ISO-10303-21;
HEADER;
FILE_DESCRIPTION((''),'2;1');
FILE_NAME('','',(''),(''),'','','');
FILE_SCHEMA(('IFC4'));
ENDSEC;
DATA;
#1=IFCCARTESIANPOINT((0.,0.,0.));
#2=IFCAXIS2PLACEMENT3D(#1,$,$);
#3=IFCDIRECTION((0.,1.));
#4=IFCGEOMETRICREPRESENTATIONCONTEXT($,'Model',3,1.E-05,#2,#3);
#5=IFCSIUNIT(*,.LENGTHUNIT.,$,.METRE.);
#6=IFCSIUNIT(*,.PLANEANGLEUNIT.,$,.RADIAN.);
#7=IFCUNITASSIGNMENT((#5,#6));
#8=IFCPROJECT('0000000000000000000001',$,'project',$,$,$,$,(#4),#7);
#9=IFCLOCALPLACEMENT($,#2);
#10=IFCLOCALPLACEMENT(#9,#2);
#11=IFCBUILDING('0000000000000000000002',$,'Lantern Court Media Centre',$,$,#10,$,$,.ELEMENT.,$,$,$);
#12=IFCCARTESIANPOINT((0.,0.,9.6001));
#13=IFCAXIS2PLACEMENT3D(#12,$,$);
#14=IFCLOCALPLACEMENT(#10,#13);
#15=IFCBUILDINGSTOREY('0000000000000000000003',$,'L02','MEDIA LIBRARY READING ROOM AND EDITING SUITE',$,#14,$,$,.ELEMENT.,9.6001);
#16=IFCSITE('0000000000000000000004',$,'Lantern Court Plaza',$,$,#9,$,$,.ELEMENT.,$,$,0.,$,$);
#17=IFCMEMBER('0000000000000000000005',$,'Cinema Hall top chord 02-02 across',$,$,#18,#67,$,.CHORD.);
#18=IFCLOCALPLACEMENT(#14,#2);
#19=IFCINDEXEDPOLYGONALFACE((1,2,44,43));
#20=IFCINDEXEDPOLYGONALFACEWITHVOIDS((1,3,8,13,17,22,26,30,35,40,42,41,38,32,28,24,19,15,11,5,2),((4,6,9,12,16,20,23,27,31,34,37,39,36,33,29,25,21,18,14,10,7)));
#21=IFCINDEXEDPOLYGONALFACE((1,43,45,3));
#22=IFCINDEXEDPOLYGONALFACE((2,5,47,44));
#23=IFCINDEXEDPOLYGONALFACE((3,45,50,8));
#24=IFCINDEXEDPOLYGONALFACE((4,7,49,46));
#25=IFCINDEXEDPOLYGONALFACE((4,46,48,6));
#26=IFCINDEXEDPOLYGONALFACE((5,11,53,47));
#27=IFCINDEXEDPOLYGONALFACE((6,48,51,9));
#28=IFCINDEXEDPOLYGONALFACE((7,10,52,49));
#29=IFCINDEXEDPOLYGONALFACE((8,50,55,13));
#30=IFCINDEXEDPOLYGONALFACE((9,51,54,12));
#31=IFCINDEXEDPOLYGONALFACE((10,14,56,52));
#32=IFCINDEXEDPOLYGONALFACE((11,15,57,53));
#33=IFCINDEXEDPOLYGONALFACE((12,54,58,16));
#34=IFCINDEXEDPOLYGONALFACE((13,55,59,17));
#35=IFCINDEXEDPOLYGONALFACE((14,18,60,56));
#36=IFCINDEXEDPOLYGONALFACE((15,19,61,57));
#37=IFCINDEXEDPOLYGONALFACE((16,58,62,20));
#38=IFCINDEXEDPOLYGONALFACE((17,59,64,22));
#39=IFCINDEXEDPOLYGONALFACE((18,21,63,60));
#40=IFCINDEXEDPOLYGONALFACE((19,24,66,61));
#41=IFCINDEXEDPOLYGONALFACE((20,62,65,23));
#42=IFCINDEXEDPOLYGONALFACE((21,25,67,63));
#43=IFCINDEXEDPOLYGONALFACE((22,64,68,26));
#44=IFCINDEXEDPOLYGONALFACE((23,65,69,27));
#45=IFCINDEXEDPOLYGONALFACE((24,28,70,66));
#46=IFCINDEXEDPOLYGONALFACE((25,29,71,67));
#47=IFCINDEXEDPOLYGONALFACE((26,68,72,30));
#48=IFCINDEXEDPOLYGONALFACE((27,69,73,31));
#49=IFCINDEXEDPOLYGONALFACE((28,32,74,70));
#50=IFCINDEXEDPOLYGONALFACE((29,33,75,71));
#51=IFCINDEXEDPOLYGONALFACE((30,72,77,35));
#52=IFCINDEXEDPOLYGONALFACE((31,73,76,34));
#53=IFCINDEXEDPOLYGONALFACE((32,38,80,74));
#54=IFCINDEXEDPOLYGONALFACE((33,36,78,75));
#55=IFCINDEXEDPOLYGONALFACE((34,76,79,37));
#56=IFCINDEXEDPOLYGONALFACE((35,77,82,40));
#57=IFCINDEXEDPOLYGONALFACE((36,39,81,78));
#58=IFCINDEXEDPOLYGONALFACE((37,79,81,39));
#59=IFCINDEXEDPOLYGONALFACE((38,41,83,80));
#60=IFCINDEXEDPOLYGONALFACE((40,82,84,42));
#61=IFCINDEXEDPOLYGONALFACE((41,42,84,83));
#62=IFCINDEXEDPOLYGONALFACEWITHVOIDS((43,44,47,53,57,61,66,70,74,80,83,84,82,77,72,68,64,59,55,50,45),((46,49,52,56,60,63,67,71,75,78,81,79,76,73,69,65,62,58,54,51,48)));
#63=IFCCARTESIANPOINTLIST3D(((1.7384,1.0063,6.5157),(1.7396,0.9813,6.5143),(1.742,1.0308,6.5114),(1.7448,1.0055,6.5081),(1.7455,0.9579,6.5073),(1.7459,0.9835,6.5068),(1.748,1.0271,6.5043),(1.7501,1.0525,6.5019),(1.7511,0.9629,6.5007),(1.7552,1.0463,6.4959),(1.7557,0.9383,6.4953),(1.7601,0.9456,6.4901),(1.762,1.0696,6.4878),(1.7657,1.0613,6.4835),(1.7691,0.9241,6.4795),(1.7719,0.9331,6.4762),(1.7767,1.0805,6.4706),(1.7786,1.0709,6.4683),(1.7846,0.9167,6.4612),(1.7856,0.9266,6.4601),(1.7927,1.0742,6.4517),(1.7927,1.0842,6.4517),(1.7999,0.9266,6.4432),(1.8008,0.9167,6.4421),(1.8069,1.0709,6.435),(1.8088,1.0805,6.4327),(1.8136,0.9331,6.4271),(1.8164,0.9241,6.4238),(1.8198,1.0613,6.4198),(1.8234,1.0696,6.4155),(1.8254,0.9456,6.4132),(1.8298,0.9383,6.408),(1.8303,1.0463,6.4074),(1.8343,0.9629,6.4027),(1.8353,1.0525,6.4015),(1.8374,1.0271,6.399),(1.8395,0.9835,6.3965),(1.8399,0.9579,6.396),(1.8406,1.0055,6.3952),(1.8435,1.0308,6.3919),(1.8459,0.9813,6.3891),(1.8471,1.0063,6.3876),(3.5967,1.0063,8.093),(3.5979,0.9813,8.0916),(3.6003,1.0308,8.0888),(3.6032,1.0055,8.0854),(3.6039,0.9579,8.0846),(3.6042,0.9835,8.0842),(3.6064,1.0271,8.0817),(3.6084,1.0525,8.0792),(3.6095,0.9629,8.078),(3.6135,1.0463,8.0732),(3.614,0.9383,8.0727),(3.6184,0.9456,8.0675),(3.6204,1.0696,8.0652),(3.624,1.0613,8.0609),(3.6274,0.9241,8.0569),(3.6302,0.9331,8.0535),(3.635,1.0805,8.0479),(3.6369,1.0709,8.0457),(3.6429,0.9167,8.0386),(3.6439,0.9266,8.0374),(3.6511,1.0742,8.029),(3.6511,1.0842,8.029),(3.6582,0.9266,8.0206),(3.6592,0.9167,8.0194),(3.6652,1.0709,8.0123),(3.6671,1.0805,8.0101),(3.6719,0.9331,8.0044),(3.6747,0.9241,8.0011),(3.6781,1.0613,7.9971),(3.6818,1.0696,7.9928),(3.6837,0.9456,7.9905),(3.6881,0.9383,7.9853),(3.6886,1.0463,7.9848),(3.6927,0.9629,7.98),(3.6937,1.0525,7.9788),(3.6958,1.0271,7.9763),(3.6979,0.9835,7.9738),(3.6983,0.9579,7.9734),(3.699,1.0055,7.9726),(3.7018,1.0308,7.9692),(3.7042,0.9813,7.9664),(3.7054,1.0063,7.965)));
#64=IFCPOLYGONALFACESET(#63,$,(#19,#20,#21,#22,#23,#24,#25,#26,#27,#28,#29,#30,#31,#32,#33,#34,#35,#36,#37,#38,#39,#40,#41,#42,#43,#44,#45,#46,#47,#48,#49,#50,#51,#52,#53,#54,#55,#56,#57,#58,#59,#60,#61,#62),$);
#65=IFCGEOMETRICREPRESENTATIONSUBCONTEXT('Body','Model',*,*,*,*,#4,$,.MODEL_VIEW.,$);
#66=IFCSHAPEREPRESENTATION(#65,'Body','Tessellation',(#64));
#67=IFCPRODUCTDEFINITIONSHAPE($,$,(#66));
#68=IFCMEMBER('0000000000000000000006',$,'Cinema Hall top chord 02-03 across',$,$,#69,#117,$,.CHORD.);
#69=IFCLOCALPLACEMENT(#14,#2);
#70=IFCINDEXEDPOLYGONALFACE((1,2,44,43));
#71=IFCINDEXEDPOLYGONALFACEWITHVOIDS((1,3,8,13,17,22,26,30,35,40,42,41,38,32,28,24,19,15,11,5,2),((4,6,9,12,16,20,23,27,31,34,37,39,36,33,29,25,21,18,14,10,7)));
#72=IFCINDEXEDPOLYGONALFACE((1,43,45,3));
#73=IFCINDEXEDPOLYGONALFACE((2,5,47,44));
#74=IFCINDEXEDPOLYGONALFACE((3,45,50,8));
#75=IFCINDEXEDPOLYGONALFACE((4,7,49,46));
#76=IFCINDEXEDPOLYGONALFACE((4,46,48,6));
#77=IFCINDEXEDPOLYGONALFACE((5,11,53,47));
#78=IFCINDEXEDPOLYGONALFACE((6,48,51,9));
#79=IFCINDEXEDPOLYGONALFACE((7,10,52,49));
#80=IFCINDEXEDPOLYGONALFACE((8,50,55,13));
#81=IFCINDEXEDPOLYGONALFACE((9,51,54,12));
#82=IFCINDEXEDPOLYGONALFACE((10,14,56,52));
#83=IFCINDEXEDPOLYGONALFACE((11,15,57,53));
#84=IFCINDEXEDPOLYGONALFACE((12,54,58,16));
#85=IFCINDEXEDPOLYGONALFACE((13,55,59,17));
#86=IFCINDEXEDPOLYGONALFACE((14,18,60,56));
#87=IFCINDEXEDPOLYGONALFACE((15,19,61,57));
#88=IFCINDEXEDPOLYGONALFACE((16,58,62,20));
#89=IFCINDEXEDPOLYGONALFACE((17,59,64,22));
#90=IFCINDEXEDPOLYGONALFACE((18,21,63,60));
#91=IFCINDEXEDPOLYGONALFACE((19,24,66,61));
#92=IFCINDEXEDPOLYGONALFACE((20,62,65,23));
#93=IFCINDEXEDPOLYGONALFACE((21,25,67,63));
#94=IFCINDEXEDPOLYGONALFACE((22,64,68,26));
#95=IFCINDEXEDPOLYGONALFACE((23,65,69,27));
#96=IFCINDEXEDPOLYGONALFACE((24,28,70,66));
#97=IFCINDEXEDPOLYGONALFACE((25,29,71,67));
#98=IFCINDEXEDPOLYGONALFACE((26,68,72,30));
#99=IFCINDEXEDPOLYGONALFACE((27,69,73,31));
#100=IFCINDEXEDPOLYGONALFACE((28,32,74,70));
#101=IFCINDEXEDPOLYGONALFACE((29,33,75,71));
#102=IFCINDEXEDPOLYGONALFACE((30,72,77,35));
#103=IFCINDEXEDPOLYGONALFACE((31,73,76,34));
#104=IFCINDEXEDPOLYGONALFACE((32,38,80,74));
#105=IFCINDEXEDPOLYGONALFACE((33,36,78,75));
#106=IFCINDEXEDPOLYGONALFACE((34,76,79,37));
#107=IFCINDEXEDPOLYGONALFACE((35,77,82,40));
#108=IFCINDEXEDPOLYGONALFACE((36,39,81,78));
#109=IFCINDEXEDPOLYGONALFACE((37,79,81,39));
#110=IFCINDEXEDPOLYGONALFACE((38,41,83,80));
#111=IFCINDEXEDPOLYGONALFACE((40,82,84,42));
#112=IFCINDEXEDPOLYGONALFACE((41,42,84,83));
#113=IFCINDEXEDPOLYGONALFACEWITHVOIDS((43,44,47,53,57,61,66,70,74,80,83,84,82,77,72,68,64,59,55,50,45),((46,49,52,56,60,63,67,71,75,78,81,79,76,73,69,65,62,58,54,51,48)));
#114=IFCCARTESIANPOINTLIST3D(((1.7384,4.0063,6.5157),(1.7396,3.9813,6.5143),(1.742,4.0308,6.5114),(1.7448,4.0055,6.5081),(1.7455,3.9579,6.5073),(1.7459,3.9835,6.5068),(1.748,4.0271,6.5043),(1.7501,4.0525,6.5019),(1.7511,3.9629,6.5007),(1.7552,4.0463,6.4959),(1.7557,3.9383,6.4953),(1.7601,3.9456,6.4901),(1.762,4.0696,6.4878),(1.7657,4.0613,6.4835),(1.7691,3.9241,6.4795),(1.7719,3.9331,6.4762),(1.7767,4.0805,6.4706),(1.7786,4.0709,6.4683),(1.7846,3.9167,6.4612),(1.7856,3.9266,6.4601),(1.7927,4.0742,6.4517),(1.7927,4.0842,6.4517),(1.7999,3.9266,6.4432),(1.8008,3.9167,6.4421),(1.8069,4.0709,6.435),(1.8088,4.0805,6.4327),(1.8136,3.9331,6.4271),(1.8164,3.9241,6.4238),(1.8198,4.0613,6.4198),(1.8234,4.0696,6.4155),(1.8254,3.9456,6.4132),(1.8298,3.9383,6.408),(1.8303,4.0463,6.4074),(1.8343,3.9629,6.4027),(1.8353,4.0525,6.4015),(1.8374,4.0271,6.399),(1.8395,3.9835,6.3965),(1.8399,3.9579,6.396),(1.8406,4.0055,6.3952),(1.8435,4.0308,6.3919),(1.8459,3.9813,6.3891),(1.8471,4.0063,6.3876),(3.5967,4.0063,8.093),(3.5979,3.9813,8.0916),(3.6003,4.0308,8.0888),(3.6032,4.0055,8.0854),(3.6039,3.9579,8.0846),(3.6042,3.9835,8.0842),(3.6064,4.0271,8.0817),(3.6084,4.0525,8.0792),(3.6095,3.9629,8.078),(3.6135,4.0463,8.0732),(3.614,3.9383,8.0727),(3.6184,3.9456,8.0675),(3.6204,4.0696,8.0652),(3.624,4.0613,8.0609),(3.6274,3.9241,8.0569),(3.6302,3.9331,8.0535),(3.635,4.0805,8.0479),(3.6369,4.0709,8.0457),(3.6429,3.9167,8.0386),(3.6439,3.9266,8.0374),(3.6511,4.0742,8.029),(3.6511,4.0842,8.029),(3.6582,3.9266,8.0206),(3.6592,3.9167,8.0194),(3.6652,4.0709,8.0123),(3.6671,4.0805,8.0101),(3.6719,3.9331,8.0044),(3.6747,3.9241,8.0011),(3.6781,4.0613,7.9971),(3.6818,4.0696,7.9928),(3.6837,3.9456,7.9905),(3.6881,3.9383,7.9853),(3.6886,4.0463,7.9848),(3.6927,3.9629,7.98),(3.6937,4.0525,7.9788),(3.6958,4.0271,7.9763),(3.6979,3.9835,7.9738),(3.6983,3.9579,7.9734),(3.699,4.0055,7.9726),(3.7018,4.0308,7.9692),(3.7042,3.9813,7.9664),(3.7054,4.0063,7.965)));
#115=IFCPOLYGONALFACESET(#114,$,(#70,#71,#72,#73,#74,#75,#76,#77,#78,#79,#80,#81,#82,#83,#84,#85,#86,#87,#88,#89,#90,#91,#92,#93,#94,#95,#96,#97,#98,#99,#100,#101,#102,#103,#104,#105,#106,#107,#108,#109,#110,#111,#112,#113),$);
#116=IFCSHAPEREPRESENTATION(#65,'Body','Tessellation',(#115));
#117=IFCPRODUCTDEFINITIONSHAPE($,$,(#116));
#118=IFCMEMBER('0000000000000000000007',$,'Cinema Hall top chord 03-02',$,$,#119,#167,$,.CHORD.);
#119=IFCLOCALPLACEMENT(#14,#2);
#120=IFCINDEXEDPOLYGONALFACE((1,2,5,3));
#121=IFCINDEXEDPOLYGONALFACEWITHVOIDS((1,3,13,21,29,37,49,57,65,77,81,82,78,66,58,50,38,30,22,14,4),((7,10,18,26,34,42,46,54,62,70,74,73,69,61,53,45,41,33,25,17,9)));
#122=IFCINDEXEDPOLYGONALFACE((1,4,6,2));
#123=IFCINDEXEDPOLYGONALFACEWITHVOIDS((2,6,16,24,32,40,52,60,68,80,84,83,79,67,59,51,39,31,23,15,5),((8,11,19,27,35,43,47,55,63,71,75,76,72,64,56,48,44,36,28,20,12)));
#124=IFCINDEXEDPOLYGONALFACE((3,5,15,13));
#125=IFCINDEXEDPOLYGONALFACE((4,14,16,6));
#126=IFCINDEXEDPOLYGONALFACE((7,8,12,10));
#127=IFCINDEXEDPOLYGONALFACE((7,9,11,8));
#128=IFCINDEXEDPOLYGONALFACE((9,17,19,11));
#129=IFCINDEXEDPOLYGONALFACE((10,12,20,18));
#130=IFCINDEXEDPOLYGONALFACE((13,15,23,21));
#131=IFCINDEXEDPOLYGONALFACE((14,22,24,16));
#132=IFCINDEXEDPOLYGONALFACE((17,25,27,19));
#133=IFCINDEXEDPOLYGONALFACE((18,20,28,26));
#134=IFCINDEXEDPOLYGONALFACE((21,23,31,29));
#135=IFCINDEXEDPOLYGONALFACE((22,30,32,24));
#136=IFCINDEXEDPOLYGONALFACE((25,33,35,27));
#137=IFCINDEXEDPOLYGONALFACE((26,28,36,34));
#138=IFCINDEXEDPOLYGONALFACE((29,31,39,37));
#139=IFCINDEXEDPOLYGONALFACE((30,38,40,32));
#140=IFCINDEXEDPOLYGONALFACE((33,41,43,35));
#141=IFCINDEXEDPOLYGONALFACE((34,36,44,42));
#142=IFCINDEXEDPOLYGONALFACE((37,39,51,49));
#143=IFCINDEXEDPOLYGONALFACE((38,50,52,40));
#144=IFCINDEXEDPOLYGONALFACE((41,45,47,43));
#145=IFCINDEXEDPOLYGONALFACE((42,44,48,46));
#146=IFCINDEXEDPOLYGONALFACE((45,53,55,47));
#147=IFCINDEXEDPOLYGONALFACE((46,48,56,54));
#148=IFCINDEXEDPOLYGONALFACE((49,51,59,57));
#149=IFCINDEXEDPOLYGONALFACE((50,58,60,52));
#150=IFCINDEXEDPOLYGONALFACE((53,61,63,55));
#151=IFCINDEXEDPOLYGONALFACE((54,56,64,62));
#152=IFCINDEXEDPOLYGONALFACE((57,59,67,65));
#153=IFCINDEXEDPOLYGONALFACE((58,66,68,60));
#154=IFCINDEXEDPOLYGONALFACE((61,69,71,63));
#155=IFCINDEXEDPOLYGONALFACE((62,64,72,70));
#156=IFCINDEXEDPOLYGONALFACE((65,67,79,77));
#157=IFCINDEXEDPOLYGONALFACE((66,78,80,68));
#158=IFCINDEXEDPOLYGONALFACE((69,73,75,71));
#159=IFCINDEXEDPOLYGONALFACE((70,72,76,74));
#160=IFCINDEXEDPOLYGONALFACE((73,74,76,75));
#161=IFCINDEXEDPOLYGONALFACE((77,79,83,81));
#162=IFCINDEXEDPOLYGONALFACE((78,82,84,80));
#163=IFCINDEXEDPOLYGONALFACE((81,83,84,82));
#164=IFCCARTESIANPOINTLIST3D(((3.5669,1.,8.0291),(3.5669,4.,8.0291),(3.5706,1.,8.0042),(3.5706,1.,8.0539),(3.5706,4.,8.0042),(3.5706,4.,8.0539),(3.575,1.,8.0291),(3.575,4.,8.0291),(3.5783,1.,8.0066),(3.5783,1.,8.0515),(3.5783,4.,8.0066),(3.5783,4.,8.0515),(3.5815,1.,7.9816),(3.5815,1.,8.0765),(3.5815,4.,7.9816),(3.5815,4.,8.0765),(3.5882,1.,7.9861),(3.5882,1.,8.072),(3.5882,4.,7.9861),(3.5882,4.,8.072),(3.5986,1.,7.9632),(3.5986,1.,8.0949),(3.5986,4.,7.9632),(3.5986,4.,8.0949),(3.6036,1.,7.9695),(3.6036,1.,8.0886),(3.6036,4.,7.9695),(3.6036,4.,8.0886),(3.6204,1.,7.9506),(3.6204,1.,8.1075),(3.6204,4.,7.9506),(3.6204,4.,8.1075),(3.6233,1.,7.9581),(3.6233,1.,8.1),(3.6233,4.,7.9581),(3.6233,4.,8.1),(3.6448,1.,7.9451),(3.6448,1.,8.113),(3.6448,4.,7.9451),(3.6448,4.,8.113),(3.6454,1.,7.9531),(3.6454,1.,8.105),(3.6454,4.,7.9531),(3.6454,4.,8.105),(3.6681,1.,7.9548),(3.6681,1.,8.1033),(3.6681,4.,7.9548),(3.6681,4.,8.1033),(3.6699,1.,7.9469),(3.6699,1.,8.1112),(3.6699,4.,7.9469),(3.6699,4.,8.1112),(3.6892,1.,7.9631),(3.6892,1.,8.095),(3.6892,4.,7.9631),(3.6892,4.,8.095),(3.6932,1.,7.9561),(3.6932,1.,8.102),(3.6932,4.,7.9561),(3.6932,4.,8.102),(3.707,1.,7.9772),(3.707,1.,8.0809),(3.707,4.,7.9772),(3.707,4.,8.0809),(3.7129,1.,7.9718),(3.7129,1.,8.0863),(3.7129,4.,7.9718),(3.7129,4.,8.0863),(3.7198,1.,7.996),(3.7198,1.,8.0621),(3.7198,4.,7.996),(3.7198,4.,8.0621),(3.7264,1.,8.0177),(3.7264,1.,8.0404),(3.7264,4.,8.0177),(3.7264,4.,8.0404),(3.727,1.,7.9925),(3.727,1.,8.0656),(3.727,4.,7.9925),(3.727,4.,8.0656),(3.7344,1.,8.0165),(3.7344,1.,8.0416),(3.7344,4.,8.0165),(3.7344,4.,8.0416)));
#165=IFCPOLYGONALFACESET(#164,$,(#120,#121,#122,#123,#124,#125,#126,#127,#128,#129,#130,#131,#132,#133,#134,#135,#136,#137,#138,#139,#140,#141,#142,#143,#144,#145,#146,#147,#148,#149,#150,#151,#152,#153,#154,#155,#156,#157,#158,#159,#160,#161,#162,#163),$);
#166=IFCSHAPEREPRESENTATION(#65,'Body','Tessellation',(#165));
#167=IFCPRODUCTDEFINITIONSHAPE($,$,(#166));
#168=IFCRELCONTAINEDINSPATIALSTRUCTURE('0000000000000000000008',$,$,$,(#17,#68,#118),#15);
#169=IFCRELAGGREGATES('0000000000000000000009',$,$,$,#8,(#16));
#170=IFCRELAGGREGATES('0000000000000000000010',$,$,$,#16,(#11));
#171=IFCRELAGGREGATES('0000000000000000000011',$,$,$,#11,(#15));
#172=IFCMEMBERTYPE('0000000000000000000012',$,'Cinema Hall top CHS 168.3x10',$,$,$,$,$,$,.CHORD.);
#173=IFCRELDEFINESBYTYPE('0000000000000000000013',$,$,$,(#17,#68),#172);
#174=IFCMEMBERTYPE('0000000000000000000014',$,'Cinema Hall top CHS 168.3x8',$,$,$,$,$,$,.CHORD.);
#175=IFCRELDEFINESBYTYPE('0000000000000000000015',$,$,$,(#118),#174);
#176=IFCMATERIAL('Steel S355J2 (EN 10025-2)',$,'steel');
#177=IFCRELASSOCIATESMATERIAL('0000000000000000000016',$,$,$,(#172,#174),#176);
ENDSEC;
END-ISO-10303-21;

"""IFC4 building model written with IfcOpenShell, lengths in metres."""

from ifc_helpers import new_model, si_unit, direction, frame, origin, origin_2d, place, context, subcontext, project, spatial, hollow_circle, extrude, material, material_profile, profile_set, type_object, element, save


model = new_model("IFC4")

# Units and contexts
model_context = context("Model", 3, precision=1e-05, world=origin(), true_north=direction((0.0, 1.0)))
body_context = subcontext(model_context, "Body", "Model", "MODEL_VIEW")
ifc_project = project(units=[si_unit("LENGTHUNIT", "METRE"), si_unit("PLANEANGLEUNIT", "RADIAN")], contexts=[model_context])

# Site, building, storey
site_placement = place(None, origin())
site = spatial("IfcSite", under=ifc_project, at=site_placement, Name="Lantern Court Plaza", CompositionType="ELEMENT", RefElevation=0.0)
building_placement = place(site_placement, origin())
building = spatial("IfcBuilding", under=site, at=building_placement, Name="Lantern Court Media Centre", CompositionType="ELEMENT")
storey_placement = place(building_placement, frame((0.0, 0.0, 9.6001)))
storey = spatial("IfcBuildingStorey", under=building, at=storey_placement, Name="L02", Description="MEDIA LIBRARY READING ROOM AND EDITING SUITE", CompositionType="ELEMENT", Elevation=9.6001)

# Shared definitions
ifc_material = material(Name="Steel S355J2 (EN 10025-2)", Category="steel")

# Members
ifc_material_profile_1 = material_profile(ifc_material, hollow_circle(Radius=0.0842, WallThickness=0.01, at=origin_2d()), Name="Cinema Hall top CHS 168.3x10")
ifc_profile_set_1 = profile_set([ifc_material_profile_1], Name="Steel S355J2 (EN 10025-2)")
member_type_1 = type_object("IfcMemberType", Name="Cinema Hall top CHS 168.3x10", PredefinedType="CHORD", material=ifc_profile_set_1)
for number, where, z_axis, x_axis, name in (
    (1, (1.7927, 1.0, 6.4517), (0.762394, 0.0, 0.647113), (0.0, 1.0, 0.0), "Cinema Hall top chord 02-02 across"),
    (2, (1.7927, 4.0, 6.4517), (0.762394, 0.0, 0.647113), (0.0, 1.0, 0.0), "Cinema Hall top chord 02-03 across"),
):
    element("IfcMember", number, at=place(storey_placement, frame(where, z_axis=z_axis, x_axis=x_axis)), inside=storey, type_object=member_type_1, Name=name, PredefinedType="CHORD", context=body_context, shape_type="SweptSolid", body=[
        extrude(hollow_circle(Radius=0.0842, WallThickness=0.01, at=origin_2d()), origin(), (0.0, 0.0, 1.0), 2.4375),
    ])
ifc_material_profile_2 = material_profile(ifc_material, hollow_circle(Radius=0.0842, WallThickness=0.0081, at=origin_2d()), Name="Cinema Hall top CHS 168.3x8")
ifc_profile_set_2 = profile_set([ifc_material_profile_2], Name="Steel S355J2 (EN 10025-2)")
member_type_2 = type_object("IfcMemberType", Name="Cinema Hall top CHS 168.3x8", PredefinedType="CHORD", material=ifc_profile_set_2)
for number, where, z_axis, x_axis, name in (
    (3, (3.6511, 1.0, 8.0291), (0.0, 1.0, 0.0), (-1.0, 0.0, 0.0), "Cinema Hall top chord 03-02"),
):
    element("IfcMember", number, at=place(storey_placement, frame(where, z_axis=z_axis, x_axis=x_axis)), inside=storey, type_object=member_type_2, Name=name, PredefinedType="CHORD", context=body_context, shape_type="SweptSolid", body=[
        extrude(hollow_circle(Radius=0.0842, WallThickness=0.0081, at=origin_2d()), origin(), (0.0, 0.0, 1.0), 3.0),
    ])

save(model, "model.ifc")
